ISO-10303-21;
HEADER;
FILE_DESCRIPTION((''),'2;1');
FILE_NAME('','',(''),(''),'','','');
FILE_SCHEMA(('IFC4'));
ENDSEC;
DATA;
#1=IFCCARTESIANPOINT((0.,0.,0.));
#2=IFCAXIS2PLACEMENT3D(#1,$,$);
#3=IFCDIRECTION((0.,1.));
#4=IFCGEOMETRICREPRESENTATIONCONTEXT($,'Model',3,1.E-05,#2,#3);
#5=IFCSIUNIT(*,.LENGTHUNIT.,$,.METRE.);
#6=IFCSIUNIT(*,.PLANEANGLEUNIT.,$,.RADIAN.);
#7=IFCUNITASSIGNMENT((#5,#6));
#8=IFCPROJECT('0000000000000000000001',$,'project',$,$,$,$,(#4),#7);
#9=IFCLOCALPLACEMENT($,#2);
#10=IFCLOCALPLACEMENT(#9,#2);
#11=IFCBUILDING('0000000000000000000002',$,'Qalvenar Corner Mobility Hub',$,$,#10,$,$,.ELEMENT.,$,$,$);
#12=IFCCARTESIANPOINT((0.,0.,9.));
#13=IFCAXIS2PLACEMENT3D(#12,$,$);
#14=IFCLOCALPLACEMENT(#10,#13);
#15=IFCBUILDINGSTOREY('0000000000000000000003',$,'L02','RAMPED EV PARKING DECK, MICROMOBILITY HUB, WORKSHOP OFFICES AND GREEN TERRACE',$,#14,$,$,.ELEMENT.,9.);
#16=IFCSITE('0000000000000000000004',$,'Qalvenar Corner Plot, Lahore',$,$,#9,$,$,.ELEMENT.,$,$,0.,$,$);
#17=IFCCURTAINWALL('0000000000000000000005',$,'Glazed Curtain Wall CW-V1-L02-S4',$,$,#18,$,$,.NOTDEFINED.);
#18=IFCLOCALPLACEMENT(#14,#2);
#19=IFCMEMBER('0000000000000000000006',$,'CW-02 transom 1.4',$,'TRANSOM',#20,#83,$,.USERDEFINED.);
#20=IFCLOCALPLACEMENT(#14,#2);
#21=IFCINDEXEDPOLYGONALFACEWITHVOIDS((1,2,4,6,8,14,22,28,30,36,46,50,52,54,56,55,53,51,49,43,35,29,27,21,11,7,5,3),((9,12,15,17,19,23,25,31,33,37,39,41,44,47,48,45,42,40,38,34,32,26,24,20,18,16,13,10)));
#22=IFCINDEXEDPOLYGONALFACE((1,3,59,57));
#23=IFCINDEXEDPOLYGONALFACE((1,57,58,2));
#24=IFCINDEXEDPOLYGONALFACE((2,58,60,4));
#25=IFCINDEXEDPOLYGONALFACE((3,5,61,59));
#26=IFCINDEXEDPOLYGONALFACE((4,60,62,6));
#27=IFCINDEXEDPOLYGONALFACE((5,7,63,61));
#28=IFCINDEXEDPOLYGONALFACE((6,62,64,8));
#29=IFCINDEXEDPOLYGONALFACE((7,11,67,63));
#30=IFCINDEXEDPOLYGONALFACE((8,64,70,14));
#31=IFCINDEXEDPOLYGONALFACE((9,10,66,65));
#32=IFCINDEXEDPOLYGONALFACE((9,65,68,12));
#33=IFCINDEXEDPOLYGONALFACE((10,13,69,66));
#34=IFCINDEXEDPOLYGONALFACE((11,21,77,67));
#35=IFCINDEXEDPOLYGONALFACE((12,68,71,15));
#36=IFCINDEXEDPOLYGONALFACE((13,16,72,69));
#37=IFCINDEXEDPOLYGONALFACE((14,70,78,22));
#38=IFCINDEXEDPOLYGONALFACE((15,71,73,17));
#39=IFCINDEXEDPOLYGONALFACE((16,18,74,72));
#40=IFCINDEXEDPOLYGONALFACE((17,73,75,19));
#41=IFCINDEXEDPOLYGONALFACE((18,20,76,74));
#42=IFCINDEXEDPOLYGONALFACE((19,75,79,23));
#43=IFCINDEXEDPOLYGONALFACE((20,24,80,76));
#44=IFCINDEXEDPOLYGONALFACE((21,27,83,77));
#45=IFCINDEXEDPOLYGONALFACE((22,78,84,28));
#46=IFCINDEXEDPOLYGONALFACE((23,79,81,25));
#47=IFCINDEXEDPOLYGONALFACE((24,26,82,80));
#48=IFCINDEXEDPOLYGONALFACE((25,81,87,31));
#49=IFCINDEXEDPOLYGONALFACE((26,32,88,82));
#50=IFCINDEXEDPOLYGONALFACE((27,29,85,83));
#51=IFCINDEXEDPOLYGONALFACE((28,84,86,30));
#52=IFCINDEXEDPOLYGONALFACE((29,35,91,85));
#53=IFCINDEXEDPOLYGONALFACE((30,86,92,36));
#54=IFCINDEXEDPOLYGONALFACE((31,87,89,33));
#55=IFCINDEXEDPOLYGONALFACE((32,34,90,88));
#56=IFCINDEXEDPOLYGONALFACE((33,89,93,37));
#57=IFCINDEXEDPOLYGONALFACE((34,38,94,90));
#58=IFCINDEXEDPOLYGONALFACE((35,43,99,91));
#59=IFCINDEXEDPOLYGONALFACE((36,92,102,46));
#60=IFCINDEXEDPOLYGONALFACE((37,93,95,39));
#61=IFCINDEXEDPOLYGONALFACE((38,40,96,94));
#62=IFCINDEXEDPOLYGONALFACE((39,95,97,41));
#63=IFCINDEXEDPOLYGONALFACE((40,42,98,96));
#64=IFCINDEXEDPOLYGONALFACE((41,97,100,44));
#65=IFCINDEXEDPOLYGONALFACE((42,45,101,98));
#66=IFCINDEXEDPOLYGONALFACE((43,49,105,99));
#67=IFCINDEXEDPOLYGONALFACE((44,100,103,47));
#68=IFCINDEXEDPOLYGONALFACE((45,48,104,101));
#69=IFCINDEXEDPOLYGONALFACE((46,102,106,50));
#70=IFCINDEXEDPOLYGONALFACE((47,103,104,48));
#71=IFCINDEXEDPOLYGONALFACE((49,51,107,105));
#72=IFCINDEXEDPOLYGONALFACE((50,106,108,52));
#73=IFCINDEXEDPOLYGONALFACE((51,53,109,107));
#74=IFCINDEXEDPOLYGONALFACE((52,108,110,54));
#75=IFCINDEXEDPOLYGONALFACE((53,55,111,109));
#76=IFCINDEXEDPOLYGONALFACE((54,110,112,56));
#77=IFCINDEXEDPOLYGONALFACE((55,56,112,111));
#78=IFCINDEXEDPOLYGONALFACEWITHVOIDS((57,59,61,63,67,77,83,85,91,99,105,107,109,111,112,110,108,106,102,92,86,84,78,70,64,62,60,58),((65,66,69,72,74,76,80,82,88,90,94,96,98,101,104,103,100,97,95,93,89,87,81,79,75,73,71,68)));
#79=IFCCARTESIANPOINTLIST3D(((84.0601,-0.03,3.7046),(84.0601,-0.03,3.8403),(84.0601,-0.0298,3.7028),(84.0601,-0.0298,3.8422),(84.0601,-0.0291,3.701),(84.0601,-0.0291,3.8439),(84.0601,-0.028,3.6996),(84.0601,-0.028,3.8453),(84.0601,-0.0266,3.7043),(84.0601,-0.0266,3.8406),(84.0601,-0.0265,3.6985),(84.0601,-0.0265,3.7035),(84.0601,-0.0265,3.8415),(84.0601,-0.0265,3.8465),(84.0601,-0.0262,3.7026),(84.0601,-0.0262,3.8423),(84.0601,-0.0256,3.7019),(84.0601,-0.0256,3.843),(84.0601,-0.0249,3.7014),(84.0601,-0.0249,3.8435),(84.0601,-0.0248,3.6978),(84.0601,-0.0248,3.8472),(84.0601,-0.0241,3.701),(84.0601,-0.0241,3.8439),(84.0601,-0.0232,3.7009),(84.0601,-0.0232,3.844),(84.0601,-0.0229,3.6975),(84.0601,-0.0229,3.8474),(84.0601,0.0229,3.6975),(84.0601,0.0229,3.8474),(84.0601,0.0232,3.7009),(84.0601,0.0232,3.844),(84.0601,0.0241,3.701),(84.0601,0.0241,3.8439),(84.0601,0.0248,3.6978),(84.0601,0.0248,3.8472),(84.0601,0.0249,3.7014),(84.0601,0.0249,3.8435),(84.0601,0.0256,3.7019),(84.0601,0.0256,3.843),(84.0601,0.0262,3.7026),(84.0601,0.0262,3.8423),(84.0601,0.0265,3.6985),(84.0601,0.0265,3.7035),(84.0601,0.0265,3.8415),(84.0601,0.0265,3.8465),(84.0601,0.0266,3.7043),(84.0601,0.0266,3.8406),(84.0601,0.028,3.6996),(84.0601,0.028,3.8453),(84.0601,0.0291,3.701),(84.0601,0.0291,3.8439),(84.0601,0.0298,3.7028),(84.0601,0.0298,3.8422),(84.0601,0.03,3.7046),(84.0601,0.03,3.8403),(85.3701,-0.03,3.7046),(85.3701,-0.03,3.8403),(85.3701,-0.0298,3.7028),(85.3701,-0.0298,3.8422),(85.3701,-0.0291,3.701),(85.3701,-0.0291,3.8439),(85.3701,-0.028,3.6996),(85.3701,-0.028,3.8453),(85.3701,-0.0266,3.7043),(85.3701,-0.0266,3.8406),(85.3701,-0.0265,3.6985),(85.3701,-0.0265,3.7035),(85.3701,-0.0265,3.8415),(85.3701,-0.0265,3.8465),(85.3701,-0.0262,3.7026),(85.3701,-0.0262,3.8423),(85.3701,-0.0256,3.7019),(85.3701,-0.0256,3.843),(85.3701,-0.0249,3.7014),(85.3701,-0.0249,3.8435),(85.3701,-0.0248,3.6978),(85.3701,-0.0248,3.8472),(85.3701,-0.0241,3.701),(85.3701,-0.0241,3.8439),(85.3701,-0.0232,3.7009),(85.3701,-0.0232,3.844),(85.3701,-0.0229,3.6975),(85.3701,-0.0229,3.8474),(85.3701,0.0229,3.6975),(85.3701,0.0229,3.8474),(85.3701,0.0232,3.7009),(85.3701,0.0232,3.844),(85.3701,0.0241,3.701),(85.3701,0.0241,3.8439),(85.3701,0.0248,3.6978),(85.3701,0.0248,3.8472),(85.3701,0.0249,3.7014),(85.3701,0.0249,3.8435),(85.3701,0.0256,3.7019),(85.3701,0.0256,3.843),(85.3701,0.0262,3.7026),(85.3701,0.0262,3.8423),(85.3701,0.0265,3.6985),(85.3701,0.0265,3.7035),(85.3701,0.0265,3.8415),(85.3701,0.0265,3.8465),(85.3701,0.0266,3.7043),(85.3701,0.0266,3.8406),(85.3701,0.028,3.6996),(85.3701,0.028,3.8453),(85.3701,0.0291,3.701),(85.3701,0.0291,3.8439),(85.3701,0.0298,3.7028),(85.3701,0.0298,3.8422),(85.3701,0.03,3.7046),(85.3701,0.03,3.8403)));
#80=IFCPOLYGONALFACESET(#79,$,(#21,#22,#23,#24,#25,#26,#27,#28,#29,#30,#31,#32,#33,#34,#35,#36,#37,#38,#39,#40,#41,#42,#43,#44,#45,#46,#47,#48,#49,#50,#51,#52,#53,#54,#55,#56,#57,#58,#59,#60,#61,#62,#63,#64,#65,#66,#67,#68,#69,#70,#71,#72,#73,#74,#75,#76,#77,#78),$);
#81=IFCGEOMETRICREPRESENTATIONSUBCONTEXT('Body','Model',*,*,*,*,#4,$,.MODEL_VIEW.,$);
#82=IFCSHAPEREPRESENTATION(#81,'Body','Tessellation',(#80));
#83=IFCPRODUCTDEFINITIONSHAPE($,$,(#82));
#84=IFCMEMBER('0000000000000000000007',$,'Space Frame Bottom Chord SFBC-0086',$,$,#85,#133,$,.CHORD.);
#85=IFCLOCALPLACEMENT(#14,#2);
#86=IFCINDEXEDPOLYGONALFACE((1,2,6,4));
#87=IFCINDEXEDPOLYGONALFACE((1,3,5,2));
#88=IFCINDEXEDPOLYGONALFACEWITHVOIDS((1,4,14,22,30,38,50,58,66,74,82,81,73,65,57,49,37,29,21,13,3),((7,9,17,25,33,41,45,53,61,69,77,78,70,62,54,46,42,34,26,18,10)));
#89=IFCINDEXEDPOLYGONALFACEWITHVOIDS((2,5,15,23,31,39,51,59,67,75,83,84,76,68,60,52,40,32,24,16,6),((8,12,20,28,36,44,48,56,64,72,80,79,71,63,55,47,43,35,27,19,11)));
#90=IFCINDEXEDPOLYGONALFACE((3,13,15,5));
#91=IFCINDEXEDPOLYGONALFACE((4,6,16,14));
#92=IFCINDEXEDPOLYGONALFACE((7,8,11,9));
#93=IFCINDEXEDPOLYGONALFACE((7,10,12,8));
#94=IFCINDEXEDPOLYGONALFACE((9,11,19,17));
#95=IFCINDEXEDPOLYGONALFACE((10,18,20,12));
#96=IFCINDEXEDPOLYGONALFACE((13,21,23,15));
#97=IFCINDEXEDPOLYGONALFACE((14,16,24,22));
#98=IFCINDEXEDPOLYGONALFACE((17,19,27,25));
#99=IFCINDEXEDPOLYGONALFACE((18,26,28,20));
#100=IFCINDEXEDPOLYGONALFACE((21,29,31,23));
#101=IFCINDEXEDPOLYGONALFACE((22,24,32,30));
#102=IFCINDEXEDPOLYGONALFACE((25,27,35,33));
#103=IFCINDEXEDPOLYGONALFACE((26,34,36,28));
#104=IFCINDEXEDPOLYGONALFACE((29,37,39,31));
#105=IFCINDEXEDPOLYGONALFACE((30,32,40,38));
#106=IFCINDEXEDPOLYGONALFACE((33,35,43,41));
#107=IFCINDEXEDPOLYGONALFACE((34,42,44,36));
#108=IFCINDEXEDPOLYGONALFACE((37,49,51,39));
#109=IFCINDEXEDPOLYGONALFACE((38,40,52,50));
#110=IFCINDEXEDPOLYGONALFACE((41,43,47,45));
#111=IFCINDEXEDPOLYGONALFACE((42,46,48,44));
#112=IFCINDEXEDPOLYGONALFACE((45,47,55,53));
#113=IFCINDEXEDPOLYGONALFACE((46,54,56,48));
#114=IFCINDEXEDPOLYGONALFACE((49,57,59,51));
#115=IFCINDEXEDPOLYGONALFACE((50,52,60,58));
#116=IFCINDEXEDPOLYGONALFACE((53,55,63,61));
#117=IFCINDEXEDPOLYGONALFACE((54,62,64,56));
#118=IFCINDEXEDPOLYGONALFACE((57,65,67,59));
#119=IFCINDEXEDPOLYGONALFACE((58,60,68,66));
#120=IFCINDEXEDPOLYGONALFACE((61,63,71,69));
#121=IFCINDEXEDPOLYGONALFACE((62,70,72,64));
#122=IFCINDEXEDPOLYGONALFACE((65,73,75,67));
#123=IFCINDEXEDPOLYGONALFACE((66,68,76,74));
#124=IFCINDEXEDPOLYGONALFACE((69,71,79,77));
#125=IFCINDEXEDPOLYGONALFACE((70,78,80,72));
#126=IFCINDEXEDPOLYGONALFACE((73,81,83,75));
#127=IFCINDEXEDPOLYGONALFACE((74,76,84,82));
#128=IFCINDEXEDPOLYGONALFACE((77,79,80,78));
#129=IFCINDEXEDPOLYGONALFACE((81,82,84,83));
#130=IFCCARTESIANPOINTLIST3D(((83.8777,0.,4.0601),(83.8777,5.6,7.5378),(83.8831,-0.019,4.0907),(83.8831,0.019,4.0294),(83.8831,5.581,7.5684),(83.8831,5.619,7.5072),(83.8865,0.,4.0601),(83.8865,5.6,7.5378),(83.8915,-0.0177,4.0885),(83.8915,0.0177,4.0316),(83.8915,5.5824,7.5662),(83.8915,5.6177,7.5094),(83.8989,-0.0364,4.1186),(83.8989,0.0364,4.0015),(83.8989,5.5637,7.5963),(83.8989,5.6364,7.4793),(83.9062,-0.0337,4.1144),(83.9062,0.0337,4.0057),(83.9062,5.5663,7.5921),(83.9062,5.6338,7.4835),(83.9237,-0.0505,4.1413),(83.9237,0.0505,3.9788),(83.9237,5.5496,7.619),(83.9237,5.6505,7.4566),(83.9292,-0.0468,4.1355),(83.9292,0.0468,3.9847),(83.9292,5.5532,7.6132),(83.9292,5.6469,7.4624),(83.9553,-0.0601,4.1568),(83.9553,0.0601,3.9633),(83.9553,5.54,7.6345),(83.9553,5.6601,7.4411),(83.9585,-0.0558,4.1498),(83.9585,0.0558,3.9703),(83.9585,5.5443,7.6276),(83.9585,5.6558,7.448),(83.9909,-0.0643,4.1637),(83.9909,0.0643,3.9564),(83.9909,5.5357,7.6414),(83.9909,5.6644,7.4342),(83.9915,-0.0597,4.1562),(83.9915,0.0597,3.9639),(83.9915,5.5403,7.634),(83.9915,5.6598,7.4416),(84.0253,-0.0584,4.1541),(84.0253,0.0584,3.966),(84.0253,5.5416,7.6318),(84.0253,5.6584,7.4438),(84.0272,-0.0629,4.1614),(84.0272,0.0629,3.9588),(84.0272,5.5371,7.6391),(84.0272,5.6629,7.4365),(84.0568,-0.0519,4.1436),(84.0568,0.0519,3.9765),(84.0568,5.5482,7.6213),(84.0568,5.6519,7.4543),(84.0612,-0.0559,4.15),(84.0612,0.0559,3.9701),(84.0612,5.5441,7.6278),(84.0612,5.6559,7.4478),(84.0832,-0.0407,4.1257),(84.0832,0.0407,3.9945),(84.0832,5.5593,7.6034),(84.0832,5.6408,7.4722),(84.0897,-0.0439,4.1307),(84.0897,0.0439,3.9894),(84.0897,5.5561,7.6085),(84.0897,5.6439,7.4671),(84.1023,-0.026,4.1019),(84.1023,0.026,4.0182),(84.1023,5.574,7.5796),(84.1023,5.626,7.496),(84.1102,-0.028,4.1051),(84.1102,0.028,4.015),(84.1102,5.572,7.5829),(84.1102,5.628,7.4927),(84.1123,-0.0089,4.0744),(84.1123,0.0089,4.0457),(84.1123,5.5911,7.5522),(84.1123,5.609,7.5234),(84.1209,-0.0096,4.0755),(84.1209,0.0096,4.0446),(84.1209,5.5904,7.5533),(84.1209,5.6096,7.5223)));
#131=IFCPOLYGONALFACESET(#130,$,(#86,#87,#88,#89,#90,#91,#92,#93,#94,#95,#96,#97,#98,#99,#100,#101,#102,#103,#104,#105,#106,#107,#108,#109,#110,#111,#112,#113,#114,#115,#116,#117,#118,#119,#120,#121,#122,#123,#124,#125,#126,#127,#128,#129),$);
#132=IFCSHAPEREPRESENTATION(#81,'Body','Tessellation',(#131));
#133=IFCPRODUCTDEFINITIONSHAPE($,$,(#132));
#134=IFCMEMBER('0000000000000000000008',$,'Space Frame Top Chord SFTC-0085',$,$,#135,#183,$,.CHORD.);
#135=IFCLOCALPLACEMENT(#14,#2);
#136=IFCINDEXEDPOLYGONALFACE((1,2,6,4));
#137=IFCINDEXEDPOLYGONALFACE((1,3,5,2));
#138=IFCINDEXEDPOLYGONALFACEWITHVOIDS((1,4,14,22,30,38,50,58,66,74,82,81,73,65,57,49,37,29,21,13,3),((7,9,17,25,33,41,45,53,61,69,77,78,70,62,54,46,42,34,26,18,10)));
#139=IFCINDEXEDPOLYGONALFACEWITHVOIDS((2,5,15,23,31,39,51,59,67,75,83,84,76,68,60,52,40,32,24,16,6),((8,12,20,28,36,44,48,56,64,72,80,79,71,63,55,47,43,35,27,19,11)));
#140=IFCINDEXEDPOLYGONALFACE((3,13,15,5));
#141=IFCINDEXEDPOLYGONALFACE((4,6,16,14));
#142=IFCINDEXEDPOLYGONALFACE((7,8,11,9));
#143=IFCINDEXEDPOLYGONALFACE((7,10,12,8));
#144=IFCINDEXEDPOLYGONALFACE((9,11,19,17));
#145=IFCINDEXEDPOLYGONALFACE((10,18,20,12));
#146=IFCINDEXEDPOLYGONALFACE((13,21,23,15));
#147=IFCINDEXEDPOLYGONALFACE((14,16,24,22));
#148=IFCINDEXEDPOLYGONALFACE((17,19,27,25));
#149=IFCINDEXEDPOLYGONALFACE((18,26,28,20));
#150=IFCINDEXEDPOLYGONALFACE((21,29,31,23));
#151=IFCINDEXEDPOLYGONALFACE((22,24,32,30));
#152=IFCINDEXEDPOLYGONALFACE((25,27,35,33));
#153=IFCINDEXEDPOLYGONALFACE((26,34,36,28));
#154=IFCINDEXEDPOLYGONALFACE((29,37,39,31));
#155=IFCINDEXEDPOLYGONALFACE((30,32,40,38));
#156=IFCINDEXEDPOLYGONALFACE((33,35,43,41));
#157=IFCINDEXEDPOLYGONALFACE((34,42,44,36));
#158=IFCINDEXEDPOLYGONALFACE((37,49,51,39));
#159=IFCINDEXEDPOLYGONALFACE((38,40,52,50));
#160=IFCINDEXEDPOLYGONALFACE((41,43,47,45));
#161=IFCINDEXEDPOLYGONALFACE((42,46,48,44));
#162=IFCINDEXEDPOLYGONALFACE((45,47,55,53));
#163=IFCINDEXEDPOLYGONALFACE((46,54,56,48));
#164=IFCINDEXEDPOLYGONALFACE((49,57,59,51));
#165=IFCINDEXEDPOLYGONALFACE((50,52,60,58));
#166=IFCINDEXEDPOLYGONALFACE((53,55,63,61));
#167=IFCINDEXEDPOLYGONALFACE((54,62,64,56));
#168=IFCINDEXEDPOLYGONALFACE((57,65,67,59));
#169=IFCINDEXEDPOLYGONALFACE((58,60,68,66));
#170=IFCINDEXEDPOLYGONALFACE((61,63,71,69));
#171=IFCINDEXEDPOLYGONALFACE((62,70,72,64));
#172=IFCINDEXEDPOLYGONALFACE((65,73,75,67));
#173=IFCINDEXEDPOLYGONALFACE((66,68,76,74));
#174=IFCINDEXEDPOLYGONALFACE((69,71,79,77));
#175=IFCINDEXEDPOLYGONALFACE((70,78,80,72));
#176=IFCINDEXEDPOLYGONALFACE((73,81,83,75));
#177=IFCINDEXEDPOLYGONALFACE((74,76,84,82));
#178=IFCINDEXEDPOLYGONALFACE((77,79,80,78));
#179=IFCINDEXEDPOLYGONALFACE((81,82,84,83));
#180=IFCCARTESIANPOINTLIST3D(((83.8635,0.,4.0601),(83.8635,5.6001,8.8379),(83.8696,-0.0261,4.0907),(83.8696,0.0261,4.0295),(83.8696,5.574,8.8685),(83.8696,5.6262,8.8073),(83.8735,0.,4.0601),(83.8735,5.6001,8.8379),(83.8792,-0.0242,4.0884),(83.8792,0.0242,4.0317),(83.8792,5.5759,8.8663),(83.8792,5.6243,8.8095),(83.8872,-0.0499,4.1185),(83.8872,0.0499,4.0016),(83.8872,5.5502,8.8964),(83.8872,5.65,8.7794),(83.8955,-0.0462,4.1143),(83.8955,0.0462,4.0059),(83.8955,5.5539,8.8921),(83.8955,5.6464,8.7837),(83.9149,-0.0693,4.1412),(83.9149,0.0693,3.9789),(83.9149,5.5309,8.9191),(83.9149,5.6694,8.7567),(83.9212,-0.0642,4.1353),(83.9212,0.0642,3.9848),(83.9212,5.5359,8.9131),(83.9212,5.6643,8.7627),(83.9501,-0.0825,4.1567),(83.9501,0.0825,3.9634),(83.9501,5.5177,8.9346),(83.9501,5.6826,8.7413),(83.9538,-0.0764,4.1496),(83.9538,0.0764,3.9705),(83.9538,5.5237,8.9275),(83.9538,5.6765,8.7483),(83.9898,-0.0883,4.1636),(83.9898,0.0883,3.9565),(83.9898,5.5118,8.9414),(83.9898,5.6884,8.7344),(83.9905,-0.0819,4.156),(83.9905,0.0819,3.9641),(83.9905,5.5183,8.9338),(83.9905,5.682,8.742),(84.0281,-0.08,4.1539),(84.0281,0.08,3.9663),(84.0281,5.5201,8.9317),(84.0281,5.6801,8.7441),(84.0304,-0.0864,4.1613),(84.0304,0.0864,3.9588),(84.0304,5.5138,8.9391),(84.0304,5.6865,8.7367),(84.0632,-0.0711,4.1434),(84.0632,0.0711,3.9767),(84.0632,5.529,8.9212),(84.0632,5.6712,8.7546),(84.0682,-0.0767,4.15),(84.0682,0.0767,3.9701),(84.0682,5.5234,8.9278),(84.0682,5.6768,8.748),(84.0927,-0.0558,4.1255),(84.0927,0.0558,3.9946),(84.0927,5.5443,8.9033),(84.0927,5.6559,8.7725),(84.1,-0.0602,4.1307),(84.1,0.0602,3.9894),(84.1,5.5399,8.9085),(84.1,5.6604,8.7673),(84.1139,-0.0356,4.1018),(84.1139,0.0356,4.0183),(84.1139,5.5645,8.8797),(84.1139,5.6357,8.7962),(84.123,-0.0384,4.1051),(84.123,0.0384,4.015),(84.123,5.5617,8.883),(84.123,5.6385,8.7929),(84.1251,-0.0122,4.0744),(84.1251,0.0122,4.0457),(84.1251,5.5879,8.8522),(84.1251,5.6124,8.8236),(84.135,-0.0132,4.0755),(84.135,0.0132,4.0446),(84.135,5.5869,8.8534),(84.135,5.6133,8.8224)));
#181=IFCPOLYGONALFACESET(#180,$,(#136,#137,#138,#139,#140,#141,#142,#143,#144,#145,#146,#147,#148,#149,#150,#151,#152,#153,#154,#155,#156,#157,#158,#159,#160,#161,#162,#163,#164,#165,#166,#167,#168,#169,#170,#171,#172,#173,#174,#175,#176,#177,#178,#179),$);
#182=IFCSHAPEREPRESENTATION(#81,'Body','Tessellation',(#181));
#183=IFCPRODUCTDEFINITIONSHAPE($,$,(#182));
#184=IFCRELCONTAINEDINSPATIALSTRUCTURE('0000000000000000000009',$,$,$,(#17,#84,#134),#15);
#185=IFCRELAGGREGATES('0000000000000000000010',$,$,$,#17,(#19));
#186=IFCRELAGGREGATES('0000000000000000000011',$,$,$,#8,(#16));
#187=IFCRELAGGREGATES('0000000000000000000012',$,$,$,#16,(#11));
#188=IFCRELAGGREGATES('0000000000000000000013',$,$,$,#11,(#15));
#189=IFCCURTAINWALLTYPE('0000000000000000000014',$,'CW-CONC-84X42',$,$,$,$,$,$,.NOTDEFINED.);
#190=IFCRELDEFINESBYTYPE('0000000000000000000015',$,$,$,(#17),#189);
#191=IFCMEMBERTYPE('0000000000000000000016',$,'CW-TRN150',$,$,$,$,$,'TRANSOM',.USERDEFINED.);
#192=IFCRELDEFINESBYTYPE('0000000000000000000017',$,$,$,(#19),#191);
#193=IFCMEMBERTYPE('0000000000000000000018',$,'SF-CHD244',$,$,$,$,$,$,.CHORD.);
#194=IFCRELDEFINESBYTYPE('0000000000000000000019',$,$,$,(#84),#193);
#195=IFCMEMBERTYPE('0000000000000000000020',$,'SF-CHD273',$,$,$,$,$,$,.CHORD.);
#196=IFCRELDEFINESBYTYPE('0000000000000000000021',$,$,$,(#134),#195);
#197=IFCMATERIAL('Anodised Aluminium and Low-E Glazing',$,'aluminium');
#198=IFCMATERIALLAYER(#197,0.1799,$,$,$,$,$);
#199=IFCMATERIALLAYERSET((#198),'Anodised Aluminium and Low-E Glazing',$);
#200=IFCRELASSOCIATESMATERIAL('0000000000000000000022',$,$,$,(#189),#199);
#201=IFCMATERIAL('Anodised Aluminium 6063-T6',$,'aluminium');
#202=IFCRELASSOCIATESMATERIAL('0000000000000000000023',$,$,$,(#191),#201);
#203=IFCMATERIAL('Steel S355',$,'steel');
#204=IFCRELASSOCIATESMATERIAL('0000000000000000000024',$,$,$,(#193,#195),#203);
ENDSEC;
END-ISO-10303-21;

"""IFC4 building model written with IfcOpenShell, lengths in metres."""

from ifc_helpers import new_model, si_unit, direction, frame, origin, origin_2d, place, context, subcontext, project, spatial, hollow_rectangle, hollow_circle, extrude, material, layer, layer_set, material_profile, profile_set, type_object, element, aggregate, save


model = new_model("IFC4")

# Units and contexts
model_context = context("Model", 3, precision=1e-05, world=origin(), true_north=direction((0.0, 1.0)))
body_context = subcontext(model_context, "Body", "Model", "MODEL_VIEW")
ifc_project = project(units=[si_unit("LENGTHUNIT", "METRE"), si_unit("PLANEANGLEUNIT", "RADIAN")], contexts=[model_context])

# Site, building, storey
site_placement = place(None, origin())
site = spatial("IfcSite", under=ifc_project, at=site_placement, Name="Qalvenar Corner Plot, Lahore", CompositionType="ELEMENT", RefElevation=0.0)
building_placement = place(site_placement, origin())
building = spatial("IfcBuilding", under=site, at=building_placement, Name="Qalvenar Corner Mobility Hub", CompositionType="ELEMENT")
storey_placement = place(building_placement, frame((0.0, 0.0, 9.0)))
storey = spatial("IfcBuildingStorey", under=building, at=storey_placement, Name="L02", Description="RAMPED EV PARKING DECK, MICROMOBILITY HUB, WORKSHOP OFFICES AND GREEN TERRACE", CompositionType="ELEMENT", Elevation=9.0)

# Shared definitions
ifc_material_1 = material(Name="Anodised Aluminium and Low-E Glazing", Category="aluminium")
ifc_layer_1 = layer(ifc_material_1, 0.1799)
ifc_layer_set_1 = layer_set([ifc_layer_1], Name="Anodised Aluminium and Low-E Glazing")
curtain_wall_type = type_object("IfcCurtainWallType", Name="CW-CONC-84X42", PredefinedType="NOTDEFINED", material=ifc_layer_set_1)
ifc_material_2 = material(Name="Anodised Aluminium 6063-T6", Category="aluminium")

# Curtain wall
curtain_wall_1_placement = place(storey_placement, origin())
curtain_wall_1 = element("IfcCurtainWall", 1, at=curtain_wall_1_placement, inside=storey, type_object=curtain_wall_type, Name="Glazed Curtain Wall CW-V1-L02-S4", PredefinedType="NOTDEFINED")

# Member
ifc_material_profile_1 = material_profile(ifc_material_2, hollow_rectangle(XDim=0.0601, YDim=0.1499, WallThickness=0.0034, InnerFilletRadius=0.0034, OuterFilletRadius=0.0071, at=origin_2d()), Name="RHS150x60x3.5")
ifc_profile_set_1 = profile_set([ifc_material_profile_1], Name="Anodised Aluminium 6063-T6")
member_type_1 = type_object("IfcMemberType", Name="CW-TRN150", ElementType="TRANSOM", PredefinedType="USERDEFINED", material=ifc_profile_set_1)
member_1_placement = place(storey_placement, frame((84.0601, 0.0, 3.7725), z_axis=(1.0, 0.0, 0.0), x_axis=(0.0, 1.0, 0.0)))
member_1 = element("IfcMember", 2, at=member_1_placement, type_object=member_type_1, Name="CW-02 transom 1.4", ObjectType="TRANSOM", PredefinedType="USERDEFINED", context=body_context, shape_type="SweptSolid", body=[
    extrude(hollow_rectangle(XDim=0.0601, YDim=0.1499, WallThickness=0.0034, InnerFilletRadius=0.0034, OuterFilletRadius=0.0071, at=origin_2d()), origin(), (0.0, 0.0, 1.0), 1.3101),
])
aggregate(curtain_wall_1, [member_1])

# Members
ifc_material_3 = material(Name="Steel S355", Category="steel")
ifc_material_profile_2 = material_profile(ifc_material_3, hollow_circle(Radius=0.1223, WallThickness=0.0088, at=origin_2d()), Name="CHS244.5x8.8")
ifc_profile_set_2 = profile_set([ifc_material_profile_2], Name="Steel S355")
member_type_2 = type_object("IfcMemberType", Name="SF-CHD244", PredefinedType="CHORD", material=ifc_profile_set_2)
member_2_placement = place(storey_placement, frame((84.0, 0.0, 4.0601), z_axis=(0.0, 0.849514, 0.527567), x_axis=(-1.0, 0.0, 0.0)))
element("IfcMember", 3, at=member_2_placement, inside=storey, type_object=member_type_2, Name="Space Frame Bottom Chord SFBC-0086", PredefinedType="CHORD", context=body_context, shape_type="SweptSolid", body=[
    extrude(hollow_circle(Radius=0.1223, WallThickness=0.0088, at=origin_2d()), origin(), (0.0, 0.0, 1.0), 6.592),
])
ifc_material_profile_3 = material_profile(ifc_material_3, hollow_circle(Radius=0.1365, WallThickness=0.01, at=origin_2d()), Name="CHS273x10")
ifc_profile_set_3 = profile_set([ifc_material_profile_3], Name="Steel S355")
member_type_3 = type_object("IfcMemberType", Name="SF-CHD273", PredefinedType="CHORD", material=ifc_profile_set_3)
member_3_placement = place(storey_placement, frame((84.0, 0.0, 4.0601), z_axis=(0.0, 0.760748, 0.649047), x_axis=(-1.0, 0.0, 0.0)))
element("IfcMember", 4, at=member_3_placement, inside=storey, type_object=member_type_3, Name="Space Frame Top Chord SFTC-0085", PredefinedType="CHORD", context=body_context, shape_type="SweptSolid", body=[
    extrude(hollow_circle(Radius=0.1365, WallThickness=0.01, at=origin_2d()), origin(), (0.0, 0.0, 1.0), 7.3613),
])

save(model, "model.ifc")
